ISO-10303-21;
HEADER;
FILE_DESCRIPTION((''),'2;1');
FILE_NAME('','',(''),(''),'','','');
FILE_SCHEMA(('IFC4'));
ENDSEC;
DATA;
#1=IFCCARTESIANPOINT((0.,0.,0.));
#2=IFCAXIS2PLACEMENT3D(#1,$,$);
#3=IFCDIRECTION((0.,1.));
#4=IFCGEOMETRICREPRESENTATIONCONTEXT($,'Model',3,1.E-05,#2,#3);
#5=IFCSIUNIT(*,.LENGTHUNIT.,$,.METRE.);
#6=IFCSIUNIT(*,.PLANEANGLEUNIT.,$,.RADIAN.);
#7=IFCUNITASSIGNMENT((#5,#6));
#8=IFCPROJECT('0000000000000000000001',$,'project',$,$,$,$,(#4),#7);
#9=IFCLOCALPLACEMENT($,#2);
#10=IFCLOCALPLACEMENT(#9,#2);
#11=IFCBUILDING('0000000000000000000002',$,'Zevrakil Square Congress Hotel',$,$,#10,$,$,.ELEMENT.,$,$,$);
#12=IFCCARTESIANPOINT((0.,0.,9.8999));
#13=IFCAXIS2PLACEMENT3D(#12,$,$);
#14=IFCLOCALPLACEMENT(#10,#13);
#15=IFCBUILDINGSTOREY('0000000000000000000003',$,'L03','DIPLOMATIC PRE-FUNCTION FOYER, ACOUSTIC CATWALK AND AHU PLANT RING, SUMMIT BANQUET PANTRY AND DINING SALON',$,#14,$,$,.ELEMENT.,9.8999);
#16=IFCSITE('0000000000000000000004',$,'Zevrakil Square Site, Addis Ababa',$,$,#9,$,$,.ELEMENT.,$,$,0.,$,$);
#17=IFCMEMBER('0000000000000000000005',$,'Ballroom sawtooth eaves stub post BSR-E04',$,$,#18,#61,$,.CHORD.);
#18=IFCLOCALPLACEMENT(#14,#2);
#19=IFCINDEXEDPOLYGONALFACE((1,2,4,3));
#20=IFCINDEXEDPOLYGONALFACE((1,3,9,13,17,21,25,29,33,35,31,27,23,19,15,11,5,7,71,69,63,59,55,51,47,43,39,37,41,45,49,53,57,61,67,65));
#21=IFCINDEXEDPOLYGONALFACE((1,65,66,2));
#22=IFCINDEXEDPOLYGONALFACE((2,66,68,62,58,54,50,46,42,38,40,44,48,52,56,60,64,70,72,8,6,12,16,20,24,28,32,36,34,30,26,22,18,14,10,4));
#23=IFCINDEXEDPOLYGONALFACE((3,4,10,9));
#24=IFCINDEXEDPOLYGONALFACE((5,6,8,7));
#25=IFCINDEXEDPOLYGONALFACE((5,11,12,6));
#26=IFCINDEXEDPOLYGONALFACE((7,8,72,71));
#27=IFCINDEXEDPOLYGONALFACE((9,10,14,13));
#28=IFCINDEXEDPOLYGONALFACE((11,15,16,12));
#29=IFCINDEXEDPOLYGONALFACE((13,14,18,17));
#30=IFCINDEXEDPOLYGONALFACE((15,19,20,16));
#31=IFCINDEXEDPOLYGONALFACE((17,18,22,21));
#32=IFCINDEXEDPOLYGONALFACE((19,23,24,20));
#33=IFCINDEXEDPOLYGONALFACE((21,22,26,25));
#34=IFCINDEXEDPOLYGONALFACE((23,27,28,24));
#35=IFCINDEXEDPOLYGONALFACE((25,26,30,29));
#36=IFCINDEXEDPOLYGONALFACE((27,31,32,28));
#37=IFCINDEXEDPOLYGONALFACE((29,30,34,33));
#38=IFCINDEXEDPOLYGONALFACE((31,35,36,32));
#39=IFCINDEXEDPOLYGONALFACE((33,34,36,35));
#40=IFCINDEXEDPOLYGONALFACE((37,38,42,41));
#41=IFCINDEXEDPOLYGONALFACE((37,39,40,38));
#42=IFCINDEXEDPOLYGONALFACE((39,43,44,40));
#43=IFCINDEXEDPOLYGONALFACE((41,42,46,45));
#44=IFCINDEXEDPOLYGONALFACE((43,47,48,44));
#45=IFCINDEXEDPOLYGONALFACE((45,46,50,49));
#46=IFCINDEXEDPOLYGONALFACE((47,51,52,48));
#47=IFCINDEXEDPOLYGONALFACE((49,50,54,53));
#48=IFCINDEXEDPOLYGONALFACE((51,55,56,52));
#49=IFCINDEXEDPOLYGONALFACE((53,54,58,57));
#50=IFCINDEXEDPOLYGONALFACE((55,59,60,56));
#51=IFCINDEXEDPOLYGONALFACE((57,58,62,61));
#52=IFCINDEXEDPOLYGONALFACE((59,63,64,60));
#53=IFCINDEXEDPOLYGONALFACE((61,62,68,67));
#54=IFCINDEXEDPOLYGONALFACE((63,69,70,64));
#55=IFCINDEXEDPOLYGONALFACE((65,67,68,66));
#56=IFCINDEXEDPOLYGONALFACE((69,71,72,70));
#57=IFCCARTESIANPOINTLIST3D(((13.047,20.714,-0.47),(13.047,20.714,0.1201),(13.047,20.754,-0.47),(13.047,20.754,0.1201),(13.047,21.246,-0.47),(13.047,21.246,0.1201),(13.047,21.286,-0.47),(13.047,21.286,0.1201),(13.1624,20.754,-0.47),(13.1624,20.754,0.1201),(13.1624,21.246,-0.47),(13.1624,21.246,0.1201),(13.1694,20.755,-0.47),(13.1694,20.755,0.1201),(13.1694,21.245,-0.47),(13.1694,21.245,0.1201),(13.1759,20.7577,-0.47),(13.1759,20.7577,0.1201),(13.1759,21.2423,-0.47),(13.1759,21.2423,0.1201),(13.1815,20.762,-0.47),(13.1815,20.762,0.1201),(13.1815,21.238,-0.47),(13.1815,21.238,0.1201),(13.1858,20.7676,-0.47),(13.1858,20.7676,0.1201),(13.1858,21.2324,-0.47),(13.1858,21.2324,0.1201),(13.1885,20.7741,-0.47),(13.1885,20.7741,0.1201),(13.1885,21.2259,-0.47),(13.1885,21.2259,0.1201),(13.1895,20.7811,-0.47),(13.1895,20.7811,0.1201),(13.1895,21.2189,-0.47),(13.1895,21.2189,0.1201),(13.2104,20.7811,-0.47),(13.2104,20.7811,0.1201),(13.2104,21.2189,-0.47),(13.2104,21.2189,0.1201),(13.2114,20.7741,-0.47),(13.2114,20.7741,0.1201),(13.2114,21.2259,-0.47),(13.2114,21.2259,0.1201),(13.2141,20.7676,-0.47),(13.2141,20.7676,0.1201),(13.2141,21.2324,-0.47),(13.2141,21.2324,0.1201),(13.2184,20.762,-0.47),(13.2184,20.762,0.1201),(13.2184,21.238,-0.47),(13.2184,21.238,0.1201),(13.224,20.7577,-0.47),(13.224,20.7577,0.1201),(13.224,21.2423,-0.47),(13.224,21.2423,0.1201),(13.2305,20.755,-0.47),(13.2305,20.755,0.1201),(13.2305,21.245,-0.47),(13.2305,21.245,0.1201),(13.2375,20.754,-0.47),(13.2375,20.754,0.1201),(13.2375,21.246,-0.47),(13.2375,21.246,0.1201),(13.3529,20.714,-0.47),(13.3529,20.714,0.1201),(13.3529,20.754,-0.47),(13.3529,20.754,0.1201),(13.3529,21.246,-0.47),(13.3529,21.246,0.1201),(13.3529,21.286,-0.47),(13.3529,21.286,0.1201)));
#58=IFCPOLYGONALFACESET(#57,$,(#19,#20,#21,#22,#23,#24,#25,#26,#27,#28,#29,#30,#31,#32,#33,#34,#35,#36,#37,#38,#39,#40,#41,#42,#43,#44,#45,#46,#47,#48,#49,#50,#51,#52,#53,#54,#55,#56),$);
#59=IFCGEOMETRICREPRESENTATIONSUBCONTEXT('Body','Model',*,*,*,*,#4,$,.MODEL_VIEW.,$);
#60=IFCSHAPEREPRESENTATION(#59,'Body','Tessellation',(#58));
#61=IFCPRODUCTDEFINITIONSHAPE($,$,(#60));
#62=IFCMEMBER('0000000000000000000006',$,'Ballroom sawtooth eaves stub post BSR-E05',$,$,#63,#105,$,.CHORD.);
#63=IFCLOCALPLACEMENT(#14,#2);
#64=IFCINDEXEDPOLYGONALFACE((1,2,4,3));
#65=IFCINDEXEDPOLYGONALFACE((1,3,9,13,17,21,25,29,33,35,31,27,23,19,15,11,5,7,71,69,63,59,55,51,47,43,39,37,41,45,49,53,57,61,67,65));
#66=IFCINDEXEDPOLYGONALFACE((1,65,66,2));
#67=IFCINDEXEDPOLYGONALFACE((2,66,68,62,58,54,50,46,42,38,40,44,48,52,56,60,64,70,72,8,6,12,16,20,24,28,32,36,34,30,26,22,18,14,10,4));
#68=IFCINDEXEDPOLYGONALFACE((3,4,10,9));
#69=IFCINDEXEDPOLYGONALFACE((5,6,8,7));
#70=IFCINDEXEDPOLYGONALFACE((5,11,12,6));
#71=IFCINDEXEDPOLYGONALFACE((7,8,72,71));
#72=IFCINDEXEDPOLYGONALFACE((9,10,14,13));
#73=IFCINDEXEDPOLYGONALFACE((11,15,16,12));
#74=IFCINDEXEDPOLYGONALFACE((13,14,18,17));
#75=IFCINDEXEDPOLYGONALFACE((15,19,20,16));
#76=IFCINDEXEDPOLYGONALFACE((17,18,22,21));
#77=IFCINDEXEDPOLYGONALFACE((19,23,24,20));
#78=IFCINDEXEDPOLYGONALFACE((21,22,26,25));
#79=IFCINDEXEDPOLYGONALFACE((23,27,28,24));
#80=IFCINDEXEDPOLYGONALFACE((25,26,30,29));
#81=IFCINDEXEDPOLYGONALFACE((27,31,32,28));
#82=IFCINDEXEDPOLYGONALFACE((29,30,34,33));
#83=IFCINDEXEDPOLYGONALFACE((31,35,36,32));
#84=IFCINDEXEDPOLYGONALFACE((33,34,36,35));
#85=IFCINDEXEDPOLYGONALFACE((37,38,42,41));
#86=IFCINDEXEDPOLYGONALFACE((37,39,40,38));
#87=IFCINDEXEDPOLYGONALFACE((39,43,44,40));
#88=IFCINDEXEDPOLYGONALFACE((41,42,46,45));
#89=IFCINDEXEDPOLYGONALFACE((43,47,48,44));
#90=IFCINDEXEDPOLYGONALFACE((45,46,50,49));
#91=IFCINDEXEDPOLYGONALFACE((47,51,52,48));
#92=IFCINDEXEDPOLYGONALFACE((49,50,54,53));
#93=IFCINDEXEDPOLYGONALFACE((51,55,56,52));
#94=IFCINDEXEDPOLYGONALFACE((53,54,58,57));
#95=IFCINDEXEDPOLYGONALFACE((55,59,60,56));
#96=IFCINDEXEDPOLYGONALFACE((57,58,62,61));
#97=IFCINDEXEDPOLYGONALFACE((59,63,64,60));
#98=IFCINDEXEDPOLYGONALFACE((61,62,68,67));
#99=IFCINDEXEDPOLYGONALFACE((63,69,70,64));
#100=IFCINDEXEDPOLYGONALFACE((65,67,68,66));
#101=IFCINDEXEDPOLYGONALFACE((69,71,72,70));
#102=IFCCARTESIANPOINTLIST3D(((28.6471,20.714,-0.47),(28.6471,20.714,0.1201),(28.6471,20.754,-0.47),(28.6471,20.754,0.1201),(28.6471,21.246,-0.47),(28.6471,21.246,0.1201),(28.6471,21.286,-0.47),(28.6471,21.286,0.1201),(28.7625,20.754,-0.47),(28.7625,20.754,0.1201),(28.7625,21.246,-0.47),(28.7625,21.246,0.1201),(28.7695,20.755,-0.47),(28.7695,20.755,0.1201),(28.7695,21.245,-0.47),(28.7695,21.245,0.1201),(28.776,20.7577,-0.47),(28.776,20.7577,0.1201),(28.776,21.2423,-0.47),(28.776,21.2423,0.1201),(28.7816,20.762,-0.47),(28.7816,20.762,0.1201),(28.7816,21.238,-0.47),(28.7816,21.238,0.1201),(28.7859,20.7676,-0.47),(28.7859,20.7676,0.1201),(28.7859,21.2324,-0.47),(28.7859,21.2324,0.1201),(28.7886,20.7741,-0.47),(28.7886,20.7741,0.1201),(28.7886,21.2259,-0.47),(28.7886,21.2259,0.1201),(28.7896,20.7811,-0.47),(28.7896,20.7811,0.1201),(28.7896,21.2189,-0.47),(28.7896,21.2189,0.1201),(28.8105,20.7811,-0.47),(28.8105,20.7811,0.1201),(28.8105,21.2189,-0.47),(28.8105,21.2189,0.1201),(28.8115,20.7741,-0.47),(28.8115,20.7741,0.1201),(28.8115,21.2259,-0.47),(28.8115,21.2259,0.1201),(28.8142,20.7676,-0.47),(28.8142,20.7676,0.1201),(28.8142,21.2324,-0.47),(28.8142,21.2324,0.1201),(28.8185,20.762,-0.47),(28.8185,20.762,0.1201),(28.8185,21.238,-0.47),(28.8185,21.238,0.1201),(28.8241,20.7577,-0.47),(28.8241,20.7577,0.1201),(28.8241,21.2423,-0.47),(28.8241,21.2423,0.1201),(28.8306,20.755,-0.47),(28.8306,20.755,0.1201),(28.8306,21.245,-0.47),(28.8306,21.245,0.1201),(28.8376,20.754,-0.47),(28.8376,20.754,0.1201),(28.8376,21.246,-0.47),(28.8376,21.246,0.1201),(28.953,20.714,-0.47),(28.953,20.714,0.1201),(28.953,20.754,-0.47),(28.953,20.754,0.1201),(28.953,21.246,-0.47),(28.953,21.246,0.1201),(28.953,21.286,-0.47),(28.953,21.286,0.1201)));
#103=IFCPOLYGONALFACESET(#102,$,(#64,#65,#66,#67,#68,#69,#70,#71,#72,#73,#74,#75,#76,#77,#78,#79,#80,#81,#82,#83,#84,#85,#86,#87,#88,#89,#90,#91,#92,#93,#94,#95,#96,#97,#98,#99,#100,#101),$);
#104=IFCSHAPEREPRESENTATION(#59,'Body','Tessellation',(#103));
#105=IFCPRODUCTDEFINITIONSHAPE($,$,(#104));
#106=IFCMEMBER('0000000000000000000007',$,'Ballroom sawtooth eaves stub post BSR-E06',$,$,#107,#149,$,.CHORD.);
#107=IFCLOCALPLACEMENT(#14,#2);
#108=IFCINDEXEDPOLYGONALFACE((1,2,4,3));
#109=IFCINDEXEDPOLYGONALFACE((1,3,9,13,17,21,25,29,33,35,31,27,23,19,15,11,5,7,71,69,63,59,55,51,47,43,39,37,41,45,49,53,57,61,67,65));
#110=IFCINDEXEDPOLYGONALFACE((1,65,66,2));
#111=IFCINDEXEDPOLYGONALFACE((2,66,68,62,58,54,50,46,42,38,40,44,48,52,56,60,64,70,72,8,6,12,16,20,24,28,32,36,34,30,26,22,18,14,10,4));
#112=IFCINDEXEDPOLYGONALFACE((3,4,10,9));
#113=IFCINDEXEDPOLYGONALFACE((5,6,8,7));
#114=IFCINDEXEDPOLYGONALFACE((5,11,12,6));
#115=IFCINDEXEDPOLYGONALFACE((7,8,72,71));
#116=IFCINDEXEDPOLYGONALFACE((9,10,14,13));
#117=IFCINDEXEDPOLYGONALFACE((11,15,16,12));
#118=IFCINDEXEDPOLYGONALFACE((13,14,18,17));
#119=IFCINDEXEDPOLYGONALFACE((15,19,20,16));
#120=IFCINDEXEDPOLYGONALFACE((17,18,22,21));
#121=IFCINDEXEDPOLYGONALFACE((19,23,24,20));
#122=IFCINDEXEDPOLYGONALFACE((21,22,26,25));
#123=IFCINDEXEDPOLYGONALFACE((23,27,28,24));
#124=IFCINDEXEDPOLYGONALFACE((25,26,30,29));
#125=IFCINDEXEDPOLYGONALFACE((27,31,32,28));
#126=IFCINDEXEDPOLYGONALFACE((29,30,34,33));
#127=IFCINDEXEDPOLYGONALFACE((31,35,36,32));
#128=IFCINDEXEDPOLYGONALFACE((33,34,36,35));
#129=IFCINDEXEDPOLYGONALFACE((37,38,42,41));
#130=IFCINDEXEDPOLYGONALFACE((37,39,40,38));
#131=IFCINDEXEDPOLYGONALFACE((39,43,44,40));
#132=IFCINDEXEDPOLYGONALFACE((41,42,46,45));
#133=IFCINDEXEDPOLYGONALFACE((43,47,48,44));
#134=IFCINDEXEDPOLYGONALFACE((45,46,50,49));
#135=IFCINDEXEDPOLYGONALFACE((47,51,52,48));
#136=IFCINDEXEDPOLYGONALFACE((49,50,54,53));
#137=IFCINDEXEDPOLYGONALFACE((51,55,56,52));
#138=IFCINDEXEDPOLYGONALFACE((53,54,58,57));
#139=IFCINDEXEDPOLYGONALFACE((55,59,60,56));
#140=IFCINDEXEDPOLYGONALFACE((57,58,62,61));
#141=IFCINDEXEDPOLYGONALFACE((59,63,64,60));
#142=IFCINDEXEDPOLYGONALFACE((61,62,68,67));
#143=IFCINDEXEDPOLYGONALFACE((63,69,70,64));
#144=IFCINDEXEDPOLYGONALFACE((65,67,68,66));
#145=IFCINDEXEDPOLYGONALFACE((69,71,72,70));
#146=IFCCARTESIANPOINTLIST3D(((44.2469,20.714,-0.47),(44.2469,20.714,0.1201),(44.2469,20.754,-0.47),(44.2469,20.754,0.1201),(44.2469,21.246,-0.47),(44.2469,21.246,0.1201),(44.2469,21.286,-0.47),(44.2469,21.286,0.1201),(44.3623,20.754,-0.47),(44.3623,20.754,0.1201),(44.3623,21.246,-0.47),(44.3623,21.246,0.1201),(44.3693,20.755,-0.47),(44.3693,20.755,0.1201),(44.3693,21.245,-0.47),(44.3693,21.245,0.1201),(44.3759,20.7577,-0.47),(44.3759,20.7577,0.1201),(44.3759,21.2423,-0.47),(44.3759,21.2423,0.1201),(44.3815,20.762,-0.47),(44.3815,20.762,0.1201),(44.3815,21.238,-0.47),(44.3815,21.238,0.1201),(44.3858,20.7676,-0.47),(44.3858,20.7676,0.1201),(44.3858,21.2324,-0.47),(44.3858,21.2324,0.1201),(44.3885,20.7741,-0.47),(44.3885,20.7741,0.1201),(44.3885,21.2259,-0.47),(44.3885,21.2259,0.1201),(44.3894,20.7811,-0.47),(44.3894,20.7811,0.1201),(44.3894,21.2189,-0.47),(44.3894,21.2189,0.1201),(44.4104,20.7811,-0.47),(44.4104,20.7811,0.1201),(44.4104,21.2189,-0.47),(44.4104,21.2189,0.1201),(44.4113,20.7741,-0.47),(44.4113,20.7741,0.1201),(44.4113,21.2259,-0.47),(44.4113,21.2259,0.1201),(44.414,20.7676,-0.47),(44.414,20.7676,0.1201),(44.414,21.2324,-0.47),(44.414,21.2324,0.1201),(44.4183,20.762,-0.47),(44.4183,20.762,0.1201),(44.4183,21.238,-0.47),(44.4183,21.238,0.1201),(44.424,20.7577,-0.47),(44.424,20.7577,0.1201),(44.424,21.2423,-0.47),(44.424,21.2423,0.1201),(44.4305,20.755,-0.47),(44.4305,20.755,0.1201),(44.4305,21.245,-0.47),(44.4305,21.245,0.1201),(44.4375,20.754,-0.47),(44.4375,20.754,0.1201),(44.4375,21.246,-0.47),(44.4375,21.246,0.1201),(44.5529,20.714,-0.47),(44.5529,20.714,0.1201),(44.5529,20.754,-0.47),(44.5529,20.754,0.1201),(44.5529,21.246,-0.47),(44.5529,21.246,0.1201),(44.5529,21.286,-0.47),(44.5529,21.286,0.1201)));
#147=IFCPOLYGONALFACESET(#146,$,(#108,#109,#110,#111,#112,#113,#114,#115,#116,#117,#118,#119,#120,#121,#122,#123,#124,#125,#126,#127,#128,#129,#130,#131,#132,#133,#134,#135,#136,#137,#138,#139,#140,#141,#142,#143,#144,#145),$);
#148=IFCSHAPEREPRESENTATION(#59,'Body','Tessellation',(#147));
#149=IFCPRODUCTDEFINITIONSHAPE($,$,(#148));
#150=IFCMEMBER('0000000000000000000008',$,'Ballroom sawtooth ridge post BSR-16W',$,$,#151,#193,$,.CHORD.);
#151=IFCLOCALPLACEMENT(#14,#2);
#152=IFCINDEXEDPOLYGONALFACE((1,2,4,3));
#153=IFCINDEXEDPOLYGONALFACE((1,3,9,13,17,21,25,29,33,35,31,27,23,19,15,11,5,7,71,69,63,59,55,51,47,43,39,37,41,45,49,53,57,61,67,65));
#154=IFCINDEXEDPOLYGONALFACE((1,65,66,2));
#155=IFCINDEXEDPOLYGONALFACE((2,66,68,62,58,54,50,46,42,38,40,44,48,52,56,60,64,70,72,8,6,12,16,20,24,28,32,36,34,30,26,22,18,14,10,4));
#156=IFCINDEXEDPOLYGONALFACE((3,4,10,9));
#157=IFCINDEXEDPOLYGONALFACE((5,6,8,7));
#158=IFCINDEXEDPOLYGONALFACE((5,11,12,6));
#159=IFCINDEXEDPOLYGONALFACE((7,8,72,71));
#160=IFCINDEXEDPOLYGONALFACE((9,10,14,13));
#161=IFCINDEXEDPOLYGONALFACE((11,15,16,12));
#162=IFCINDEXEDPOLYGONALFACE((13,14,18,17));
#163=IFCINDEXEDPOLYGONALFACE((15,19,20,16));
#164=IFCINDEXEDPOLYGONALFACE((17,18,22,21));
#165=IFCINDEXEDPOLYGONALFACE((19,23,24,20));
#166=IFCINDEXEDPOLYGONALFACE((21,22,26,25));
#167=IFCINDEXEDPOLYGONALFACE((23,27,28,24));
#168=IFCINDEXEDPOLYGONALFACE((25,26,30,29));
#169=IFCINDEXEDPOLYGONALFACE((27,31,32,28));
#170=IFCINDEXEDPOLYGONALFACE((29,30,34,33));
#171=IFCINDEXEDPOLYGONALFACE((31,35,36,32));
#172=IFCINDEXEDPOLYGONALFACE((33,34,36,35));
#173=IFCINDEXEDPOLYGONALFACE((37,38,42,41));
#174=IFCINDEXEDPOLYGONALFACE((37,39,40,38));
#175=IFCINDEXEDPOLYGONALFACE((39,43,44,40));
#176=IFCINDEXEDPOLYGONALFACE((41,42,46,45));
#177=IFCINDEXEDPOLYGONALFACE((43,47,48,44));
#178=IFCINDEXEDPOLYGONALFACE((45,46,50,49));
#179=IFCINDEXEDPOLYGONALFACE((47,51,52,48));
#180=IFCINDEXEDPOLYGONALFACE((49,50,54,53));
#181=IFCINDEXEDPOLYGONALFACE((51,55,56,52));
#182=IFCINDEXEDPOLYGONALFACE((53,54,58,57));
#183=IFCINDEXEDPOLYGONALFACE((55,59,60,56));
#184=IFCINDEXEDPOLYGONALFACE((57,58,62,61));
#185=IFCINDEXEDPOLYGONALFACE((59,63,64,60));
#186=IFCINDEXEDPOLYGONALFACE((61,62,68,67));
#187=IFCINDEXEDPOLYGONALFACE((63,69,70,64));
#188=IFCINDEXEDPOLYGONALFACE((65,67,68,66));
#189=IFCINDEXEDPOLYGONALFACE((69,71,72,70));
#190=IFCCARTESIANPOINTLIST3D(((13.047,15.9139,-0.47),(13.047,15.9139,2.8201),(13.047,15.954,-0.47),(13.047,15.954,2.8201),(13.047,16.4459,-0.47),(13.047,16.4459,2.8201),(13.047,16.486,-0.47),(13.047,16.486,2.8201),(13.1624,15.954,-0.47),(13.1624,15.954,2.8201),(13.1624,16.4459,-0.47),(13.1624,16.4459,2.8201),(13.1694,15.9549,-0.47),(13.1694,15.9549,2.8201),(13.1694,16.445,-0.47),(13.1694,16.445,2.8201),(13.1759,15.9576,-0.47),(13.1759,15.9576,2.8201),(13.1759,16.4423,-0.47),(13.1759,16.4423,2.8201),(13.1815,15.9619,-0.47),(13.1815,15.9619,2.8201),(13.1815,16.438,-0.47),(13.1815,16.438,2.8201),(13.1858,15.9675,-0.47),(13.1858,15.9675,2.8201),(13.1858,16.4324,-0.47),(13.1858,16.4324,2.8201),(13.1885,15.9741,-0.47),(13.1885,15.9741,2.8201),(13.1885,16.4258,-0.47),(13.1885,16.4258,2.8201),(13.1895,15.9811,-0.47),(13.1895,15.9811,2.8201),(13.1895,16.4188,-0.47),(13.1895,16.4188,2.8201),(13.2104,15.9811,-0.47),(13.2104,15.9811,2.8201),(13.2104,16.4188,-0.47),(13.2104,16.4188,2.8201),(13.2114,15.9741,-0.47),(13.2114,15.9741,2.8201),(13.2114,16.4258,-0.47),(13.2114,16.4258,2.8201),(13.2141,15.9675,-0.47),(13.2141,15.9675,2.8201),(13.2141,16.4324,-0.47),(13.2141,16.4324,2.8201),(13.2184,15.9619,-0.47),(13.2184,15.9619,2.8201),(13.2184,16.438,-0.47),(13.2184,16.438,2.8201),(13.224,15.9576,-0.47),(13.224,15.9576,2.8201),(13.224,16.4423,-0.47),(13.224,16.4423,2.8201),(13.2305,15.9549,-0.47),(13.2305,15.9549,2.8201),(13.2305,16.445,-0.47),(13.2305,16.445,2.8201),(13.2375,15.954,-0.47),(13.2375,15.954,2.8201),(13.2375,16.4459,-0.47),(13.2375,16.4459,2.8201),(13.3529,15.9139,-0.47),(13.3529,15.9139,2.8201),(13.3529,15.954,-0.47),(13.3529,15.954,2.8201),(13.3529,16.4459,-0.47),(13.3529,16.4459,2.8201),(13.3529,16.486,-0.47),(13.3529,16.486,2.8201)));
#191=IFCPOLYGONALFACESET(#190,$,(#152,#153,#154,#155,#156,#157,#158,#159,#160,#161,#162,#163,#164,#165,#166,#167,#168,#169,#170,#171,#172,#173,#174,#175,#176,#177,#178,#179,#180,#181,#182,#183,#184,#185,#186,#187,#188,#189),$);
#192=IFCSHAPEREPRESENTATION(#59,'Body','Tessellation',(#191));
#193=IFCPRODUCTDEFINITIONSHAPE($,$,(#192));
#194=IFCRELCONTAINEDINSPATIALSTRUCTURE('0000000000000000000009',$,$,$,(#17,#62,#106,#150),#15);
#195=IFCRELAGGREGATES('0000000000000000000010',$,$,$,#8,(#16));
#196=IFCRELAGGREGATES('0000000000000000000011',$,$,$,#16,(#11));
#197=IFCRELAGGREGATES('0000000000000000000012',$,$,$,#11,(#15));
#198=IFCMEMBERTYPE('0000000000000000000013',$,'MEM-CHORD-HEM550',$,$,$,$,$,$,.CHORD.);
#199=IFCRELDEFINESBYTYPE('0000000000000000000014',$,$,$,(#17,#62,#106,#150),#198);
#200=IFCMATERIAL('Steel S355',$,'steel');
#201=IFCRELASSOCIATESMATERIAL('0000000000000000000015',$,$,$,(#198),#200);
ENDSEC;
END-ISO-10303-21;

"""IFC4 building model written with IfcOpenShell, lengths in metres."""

from ifc_helpers import new_model, si_unit, direction, frame, origin, origin_2d, place, context, subcontext, project, spatial, i_section, extrude, material, material_profile, profile_set, type_object, element, save


model = new_model("IFC4")

# Units and contexts
model_context = context("Model", 3, precision=1e-05, world=origin(), true_north=direction((0.0, 1.0)))
body_context = subcontext(model_context, "Body", "Model", "MODEL_VIEW")
ifc_project = project(units=[si_unit("LENGTHUNIT", "METRE"), si_unit("PLANEANGLEUNIT", "RADIAN")], contexts=[model_context])

# Site, building, storey
site_placement = place(None, origin())
site = spatial("IfcSite", under=ifc_project, at=site_placement, Name="Zevrakil Square Site, Addis Ababa", CompositionType="ELEMENT", RefElevation=0.0)
building_placement = place(site_placement, origin())
building = spatial("IfcBuilding", under=site, at=building_placement, Name="Zevrakil Square Congress Hotel", CompositionType="ELEMENT")
storey_placement = place(building_placement, frame((0.0, 0.0, 9.8999)))
storey = spatial("IfcBuildingStorey", under=building, at=storey_placement, Name="L03", Description="DIPLOMATIC PRE-FUNCTION FOYER, ACOUSTIC CATWALK AND AHU PLANT RING, SUMMIT BANQUET PANTRY AND DINING SALON", CompositionType="ELEMENT", Elevation=9.8999)

# Members
ifc_material_1 = material(Name="Steel S355", Category="steel")
ifc_material_profile_1 = material_profile(ifc_material_1, i_section(OverallWidth=0.3059, OverallDepth=0.572, WebThickness=0.021, FlangeThickness=0.04, FilletRadius=0.0271, at=origin_2d()), Name="HEM 550")
ifc_profile_set_1 = profile_set([ifc_material_profile_1], Name="Steel S355")
member_type_1 = type_object("IfcMemberType", Name="MEM-CHORD-HEM550", PredefinedType="CHORD", material=ifc_profile_set_1)
for number, where, z_axis, x_axis, name in (
    (1, (13.2, 21.0, -0.47), (0.0, 0.0, 1.0), (1.0, 0.0, 0.0), "Ballroom sawtooth eaves stub post BSR-E04"),
    (2, (28.8, 21.0, -0.47), (0.0, 0.0, 1.0), (1.0, 0.0, 0.0), "Ballroom sawtooth eaves stub post BSR-E05"),
    (3, (44.3999, 21.0, -0.47), (0.0, 0.0, 1.0), (1.0, 0.0, 0.0), "Ballroom sawtooth eaves stub post BSR-E06"),
):
    element("IfcMember", number, at=place(storey_placement, frame(where, z_axis=z_axis, x_axis=x_axis)), inside=storey, type_object=member_type_1, Name=name, PredefinedType="CHORD", context=body_context, shape_type="SweptSolid", body=[
        extrude(i_section(OverallWidth=0.3059, OverallDepth=0.572, WebThickness=0.021, FlangeThickness=0.04, FilletRadius=0.0271, at=origin_2d()), origin(), (0.0, 0.0, 1.0), 0.5901),
    ])
for number, where, z_axis, x_axis, name in (
    (4, (13.2, 16.2, -0.47), (0.0, 0.0, 1.0), (1.0, 0.0, 0.0), "Ballroom sawtooth ridge post BSR-16W"),
):
    element("IfcMember", number, at=place(storey_placement, frame(where, z_axis=z_axis, x_axis=x_axis)), inside=storey, type_object=member_type_1, Name=name, PredefinedType="CHORD", context=body_context, shape_type="SweptSolid", body=[
        extrude(i_section(OverallWidth=0.3059, OverallDepth=0.572, WebThickness=0.021, FlangeThickness=0.04, FilletRadius=0.0271, at=origin_2d()), origin(), (0.0, 0.0, 1.0), 3.29),
    ])

save(model, "model.ifc")
